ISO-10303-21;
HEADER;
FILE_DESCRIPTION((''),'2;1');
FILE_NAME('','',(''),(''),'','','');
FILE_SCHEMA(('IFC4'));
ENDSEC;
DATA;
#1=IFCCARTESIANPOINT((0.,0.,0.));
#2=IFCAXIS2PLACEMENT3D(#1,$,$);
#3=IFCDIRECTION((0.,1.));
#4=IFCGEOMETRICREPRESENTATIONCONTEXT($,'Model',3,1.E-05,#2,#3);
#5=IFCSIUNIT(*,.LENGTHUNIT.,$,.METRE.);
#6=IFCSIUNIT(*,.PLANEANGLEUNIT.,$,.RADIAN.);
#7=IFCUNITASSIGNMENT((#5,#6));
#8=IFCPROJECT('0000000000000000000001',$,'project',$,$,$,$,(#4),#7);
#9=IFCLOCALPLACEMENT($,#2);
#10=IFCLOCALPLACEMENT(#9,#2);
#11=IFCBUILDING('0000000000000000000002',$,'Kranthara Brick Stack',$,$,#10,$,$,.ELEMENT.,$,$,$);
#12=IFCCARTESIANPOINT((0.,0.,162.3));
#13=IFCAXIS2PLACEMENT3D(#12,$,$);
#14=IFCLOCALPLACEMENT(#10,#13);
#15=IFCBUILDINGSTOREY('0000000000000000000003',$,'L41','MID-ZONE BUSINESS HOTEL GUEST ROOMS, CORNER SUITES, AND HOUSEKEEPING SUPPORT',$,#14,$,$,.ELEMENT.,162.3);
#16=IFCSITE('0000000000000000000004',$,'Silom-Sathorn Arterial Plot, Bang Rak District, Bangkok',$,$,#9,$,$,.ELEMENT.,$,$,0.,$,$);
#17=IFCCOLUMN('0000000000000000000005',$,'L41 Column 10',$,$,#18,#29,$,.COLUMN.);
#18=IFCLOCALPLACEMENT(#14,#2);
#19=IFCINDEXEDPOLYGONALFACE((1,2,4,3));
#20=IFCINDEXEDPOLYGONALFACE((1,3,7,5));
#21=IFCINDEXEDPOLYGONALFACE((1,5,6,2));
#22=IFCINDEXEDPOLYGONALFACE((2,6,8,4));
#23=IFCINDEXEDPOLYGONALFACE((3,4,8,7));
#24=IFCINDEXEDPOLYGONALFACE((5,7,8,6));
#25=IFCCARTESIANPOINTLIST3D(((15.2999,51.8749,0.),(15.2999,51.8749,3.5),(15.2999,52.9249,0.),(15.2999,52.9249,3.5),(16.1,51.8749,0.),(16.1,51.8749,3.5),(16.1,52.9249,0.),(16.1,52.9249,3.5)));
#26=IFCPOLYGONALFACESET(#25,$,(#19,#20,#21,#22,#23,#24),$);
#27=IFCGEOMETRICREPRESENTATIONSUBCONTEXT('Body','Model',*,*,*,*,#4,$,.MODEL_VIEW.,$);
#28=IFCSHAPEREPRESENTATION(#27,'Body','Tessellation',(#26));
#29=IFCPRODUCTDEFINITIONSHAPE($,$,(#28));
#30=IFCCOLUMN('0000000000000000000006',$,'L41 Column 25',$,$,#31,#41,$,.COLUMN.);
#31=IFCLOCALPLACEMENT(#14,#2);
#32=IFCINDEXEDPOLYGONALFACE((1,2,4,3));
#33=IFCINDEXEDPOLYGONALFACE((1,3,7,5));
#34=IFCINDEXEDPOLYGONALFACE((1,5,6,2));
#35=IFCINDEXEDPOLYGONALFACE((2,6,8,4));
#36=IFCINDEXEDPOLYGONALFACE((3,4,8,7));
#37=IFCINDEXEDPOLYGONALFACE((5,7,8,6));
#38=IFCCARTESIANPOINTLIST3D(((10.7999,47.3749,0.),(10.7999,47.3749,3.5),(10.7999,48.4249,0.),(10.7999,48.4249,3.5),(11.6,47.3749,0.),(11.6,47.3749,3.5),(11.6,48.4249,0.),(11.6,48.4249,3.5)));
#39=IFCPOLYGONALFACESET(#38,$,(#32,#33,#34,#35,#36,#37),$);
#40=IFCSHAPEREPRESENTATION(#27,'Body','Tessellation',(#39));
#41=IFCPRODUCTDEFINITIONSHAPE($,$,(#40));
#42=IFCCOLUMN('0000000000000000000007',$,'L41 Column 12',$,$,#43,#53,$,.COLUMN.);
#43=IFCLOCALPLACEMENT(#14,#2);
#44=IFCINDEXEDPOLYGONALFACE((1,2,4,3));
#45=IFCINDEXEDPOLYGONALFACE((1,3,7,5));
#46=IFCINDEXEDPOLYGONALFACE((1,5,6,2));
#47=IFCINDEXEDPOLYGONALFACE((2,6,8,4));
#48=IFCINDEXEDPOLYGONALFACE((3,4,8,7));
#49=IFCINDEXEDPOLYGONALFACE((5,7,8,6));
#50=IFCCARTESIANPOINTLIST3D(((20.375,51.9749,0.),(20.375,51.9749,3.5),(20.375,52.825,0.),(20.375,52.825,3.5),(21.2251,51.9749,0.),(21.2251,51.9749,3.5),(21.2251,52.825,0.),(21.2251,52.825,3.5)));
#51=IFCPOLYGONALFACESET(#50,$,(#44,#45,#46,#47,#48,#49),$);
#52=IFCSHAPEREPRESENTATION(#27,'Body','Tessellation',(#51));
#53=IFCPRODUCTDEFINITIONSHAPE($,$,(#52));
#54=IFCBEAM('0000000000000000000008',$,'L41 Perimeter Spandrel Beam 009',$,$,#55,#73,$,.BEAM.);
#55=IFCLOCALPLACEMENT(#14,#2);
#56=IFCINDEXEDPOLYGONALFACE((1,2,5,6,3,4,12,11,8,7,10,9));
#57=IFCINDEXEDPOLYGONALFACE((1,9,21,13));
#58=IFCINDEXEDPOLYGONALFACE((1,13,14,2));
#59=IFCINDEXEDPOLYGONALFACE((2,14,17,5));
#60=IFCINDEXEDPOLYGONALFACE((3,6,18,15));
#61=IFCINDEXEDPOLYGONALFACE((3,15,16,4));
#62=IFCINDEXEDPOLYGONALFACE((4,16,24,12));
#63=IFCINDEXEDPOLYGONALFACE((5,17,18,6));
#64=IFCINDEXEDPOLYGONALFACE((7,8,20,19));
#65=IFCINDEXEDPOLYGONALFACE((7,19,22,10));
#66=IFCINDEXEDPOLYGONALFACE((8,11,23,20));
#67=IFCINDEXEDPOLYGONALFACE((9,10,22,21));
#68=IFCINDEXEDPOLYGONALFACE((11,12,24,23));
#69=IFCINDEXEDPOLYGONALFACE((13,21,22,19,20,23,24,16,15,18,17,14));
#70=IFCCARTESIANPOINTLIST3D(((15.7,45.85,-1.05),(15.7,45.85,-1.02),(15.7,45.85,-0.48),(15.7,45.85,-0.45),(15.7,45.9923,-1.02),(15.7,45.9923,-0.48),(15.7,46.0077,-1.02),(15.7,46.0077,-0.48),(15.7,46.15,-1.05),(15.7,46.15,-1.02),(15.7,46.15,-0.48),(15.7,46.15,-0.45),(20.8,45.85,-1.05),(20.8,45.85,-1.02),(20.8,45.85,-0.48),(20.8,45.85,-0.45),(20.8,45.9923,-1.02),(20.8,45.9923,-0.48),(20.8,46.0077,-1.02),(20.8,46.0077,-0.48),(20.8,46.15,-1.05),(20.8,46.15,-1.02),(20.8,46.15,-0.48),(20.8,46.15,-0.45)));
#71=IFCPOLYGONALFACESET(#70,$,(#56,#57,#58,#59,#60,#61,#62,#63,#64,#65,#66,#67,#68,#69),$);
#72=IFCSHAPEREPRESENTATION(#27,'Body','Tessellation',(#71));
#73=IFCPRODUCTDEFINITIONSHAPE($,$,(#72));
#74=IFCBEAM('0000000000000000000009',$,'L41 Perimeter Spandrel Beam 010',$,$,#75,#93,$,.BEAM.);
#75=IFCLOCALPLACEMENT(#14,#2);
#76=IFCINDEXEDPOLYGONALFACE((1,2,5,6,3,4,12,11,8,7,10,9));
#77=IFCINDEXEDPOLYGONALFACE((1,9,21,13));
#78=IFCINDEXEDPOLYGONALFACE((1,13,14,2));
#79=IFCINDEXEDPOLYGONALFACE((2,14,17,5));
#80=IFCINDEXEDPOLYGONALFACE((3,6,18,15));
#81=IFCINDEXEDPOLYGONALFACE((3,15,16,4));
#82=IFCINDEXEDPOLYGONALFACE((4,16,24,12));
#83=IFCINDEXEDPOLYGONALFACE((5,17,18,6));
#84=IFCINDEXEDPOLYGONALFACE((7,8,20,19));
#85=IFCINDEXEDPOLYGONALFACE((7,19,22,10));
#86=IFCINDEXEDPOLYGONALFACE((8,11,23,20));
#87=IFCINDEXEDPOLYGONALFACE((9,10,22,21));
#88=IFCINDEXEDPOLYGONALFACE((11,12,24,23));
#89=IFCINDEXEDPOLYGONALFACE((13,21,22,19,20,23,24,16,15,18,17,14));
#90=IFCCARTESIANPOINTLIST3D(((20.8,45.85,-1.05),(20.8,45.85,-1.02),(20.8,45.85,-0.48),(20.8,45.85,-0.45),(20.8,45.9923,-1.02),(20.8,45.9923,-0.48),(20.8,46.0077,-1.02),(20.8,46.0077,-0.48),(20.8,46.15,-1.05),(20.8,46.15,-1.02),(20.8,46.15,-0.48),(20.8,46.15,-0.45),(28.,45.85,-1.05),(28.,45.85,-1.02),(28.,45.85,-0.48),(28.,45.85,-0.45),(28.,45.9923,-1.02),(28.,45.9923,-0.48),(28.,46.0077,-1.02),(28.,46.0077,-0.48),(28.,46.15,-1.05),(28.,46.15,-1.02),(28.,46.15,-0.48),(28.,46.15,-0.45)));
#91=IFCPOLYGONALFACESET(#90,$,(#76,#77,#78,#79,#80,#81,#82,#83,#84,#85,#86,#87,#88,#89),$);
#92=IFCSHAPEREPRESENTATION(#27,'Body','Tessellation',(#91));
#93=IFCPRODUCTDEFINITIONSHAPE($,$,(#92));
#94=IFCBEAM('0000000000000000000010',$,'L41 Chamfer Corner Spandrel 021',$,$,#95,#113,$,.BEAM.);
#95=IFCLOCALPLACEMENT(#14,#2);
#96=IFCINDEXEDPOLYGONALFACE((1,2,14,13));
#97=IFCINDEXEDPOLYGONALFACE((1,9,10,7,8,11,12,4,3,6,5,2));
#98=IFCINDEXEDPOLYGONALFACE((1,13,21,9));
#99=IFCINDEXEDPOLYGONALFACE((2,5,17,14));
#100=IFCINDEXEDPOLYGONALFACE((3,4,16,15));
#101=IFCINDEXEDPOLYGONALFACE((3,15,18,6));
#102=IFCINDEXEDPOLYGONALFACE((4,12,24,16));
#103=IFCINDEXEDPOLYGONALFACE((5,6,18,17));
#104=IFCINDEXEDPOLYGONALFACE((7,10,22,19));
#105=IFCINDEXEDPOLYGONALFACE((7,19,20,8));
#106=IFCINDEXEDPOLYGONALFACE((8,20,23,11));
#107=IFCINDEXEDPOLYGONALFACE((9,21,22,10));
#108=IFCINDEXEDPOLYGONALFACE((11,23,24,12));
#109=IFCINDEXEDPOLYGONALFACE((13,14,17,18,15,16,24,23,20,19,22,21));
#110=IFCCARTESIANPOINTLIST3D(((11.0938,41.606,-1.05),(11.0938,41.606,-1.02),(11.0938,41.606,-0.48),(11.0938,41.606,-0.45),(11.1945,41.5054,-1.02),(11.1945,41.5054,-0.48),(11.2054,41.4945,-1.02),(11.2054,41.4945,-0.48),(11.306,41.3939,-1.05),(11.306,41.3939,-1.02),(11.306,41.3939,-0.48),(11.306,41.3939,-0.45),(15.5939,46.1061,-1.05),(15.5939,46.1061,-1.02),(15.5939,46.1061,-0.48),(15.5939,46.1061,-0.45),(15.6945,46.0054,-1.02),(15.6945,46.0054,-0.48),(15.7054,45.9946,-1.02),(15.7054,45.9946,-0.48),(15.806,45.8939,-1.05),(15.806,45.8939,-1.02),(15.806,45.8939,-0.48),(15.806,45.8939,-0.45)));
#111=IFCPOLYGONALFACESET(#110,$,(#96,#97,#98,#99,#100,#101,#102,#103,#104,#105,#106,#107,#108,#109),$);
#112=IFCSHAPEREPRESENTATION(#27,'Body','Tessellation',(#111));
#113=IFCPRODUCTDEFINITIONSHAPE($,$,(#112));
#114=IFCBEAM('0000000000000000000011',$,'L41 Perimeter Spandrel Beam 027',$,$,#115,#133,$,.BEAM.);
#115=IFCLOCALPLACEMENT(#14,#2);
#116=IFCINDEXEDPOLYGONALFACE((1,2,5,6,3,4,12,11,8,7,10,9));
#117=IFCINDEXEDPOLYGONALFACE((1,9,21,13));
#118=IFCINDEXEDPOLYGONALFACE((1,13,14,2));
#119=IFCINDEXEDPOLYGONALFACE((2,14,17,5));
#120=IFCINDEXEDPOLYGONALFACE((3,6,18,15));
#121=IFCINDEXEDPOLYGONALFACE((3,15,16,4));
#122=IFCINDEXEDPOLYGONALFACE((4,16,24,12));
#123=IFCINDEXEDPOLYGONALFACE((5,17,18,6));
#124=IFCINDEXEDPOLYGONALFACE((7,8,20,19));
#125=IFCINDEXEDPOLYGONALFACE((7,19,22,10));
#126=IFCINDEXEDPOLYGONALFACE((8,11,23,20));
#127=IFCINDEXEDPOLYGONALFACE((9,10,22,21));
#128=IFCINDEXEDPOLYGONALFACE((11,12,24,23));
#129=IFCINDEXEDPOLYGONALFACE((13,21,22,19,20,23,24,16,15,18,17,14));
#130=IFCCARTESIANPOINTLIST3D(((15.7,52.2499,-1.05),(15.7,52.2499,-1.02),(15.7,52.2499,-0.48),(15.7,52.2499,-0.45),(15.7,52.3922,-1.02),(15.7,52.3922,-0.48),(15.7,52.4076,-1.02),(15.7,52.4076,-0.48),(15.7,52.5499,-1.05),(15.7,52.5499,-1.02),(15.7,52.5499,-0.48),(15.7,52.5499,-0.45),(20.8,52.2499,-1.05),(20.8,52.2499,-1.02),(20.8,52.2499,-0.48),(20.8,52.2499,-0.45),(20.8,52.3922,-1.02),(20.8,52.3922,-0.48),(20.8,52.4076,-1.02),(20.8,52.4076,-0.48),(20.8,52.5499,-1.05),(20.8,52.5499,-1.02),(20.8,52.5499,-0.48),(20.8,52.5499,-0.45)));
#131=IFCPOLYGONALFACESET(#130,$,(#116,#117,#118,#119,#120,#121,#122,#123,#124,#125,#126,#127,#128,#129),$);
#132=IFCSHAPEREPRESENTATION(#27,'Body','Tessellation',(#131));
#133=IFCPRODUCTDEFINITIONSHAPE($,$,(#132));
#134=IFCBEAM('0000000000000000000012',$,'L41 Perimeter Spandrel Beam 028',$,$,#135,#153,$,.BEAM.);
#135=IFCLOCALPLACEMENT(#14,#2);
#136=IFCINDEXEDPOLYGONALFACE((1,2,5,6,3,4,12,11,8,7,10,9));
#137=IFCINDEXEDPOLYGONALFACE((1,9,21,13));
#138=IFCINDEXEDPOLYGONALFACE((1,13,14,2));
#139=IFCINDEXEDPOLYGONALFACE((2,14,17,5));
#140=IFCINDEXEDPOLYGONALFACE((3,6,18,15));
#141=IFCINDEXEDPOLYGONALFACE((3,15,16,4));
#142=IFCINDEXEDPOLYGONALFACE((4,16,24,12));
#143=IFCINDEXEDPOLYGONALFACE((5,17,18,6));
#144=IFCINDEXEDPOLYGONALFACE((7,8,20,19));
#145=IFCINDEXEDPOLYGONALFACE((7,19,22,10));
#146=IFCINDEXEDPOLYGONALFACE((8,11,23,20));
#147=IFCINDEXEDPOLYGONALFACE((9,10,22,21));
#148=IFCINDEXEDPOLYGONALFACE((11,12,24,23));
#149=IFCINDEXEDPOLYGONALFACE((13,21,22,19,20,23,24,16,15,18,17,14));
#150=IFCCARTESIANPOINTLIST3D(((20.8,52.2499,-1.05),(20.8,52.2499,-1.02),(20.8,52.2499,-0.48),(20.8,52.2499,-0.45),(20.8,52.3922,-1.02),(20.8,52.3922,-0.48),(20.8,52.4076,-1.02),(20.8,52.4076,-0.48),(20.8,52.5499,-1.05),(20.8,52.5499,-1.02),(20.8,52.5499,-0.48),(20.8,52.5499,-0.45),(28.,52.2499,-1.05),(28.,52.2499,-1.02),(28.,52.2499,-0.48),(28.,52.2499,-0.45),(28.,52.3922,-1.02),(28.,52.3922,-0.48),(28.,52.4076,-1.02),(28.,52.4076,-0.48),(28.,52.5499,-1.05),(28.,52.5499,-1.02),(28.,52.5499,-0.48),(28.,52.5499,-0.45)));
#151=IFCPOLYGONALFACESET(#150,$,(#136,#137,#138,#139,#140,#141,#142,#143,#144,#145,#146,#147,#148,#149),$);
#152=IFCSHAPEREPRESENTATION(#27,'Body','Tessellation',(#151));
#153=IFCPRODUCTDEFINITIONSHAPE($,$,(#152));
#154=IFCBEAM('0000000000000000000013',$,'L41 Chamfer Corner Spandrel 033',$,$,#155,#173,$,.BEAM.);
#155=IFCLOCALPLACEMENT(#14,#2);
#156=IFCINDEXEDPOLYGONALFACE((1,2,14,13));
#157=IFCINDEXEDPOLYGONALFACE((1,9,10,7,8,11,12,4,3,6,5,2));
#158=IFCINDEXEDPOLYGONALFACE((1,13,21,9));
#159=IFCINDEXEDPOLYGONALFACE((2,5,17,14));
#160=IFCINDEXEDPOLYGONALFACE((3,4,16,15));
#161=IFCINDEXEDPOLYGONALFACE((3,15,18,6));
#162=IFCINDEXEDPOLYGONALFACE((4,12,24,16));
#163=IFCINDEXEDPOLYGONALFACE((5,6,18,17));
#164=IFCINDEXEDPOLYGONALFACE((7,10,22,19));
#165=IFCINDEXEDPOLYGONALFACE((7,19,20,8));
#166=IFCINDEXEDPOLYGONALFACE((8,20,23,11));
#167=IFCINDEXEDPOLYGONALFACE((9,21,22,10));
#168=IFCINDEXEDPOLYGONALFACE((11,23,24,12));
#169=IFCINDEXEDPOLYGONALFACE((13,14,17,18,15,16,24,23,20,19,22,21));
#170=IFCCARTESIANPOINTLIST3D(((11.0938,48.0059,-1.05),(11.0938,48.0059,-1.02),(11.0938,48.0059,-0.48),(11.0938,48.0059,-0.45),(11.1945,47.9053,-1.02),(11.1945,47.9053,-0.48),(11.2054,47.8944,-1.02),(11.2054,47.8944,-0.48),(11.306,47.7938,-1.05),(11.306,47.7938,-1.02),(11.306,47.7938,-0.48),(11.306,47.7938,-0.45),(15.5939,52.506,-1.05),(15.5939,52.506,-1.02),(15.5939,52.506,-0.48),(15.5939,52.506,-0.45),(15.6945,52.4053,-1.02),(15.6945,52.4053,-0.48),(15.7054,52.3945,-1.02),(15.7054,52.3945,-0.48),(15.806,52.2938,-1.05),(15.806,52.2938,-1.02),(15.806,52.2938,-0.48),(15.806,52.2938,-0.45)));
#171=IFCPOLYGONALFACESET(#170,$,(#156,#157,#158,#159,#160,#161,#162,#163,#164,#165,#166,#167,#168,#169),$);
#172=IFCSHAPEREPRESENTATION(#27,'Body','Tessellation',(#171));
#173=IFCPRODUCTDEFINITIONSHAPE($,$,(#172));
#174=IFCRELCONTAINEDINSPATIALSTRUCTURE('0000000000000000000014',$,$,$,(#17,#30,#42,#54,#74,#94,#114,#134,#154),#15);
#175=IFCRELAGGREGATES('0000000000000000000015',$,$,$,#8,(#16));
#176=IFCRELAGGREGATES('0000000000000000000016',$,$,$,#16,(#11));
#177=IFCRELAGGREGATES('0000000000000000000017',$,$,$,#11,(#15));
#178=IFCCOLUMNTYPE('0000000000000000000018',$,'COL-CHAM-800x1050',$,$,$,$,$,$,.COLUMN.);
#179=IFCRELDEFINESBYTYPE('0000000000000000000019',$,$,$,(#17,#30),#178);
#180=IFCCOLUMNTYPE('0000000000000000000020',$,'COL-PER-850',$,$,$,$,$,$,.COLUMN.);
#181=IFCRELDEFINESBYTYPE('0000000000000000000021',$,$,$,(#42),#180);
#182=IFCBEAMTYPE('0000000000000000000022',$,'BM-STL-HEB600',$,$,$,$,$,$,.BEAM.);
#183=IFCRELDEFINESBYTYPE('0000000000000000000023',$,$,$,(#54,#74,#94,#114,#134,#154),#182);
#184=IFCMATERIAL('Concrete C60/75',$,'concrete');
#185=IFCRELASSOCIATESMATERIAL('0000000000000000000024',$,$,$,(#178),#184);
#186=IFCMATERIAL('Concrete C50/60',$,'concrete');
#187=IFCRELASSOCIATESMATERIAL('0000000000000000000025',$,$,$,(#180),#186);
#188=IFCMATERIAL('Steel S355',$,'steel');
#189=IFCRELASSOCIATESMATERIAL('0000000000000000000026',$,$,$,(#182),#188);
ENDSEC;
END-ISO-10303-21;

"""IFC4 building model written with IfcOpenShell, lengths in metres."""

from ifc_helpers import new_model, si_unit, direction, frame, origin, origin_2d, place, context, subcontext, project, spatial, rectangle, i_section, extrude, material, material_profile, profile_set, type_object, element, save


model = new_model("IFC4")

# Units and contexts
model_context = context("Model", 3, precision=1e-05, world=origin(), true_north=direction((0.0, 1.0)))
body_context = subcontext(model_context, "Body", "Model", "MODEL_VIEW")
ifc_project = project(units=[si_unit("LENGTHUNIT", "METRE"), si_unit("PLANEANGLEUNIT", "RADIAN")], contexts=[model_context])

# Site, building, storey
site_placement = place(None, origin())
site = spatial("IfcSite", under=ifc_project, at=site_placement, Name="Silom-Sathorn Arterial Plot, Bang Rak District, Bangkok", CompositionType="ELEMENT", RefElevation=0.0)
building_placement = place(site_placement, origin())
building = spatial("IfcBuilding", under=site, at=building_placement, Name="Kranthara Brick Stack", CompositionType="ELEMENT")
storey_placement = place(building_placement, frame((0.0, 0.0, 162.3)))
storey = spatial("IfcBuildingStorey", under=building, at=storey_placement, Name="L41", Description="MID-ZONE BUSINESS HOTEL GUEST ROOMS, CORNER SUITES, AND HOUSEKEEPING SUPPORT", CompositionType="ELEMENT", Elevation=162.3)

# Columns
ifc_material_1 = material(Name="Concrete C60/75", Category="concrete")
ifc_material_profile_1 = material_profile(ifc_material_1, rectangle(XDim=0.8, YDim=1.05, at=origin_2d()), Name="RC 800x1050")
ifc_profile_set_1 = profile_set([ifc_material_profile_1], Name="Concrete C60/75")
column_type_1 = type_object("IfcColumnType", Name="COL-CHAM-800x1050", PredefinedType="COLUMN", material=ifc_profile_set_1)
for number, where, z_axis, x_axis, name in (
    (1, (15.7, 52.3999, 0.0), (0.0, 0.0, 1.0), (1.0, 0.0, 0.0), "L41 Column 10"),
    (2, (11.2, 47.8999, 0.0), (0.0, 0.0, 1.0), (1.0, 0.0, 0.0), "L41 Column 25"),
):
    element("IfcColumn", number, at=place(storey_placement, frame(where, z_axis=z_axis, x_axis=x_axis)), inside=storey, type_object=column_type_1, Name=name, PredefinedType="COLUMN", context=body_context, shape_type="SweptSolid", body=[
        extrude(rectangle(XDim=0.8, YDim=1.05, at=origin_2d()), origin(), (0.0, 0.0, 1.0), 3.5),
    ])
ifc_material_2 = material(Name="Concrete C50/60", Category="concrete")
ifc_material_profile_2 = material_profile(ifc_material_2, rectangle(XDim=0.8501, YDim=0.8501, at=origin_2d()), Name="RC 850x850")
ifc_profile_set_2 = profile_set([ifc_material_profile_2], Name="Concrete C50/60")
column_type_2 = type_object("IfcColumnType", Name="COL-PER-850", PredefinedType="COLUMN", material=ifc_profile_set_2)
column_placement = place(storey_placement, frame((20.8, 52.3999, 0.0), z_axis=(0.0, 0.0, 1.0), x_axis=(1.0, 0.0, 0.0)))
element("IfcColumn", 3, at=column_placement, inside=storey, type_object=column_type_2, Name="L41 Column 12", PredefinedType="COLUMN", context=body_context, shape_type="SweptSolid", body=[
    extrude(rectangle(XDim=0.8501, YDim=0.8501, at=origin_2d()), origin(), (0.0, 0.0, 1.0), 3.5),
])

# Beams
ifc_material_3 = material(Name="Steel S355", Category="steel")
ifc_material_profile_3 = material_profile(ifc_material_3, i_section(OverallWidth=0.3, OverallDepth=0.6001, WebThickness=0.0154, FlangeThickness=0.03, at=origin_2d()), Name="HEB 600")
ifc_profile_set_3 = profile_set([ifc_material_profile_3], Name="Steel S355")
beam_type_1 = type_object("IfcBeamType", Name="BM-STL-HEB600", PredefinedType="BEAM", material=ifc_profile_set_3)
beam_1_placement = place(storey_placement, frame((15.7, 46.0, -0.75), z_axis=(1.0, 0.0, 0.0), x_axis=(0.0, 1.0, 0.0)))
element("IfcBeam", 4, at=beam_1_placement, inside=storey, type_object=beam_type_1, Name="L41 Perimeter Spandrel Beam 009", PredefinedType="BEAM", context=body_context, shape_type="SweptSolid", body=[
    extrude(i_section(OverallWidth=0.3, OverallDepth=0.6001, WebThickness=0.0154, FlangeThickness=0.03, at=origin_2d()), origin(), (0.0, 0.0, 1.0), 5.1001),
])
beam_2_placement = place(storey_placement, frame((20.8, 46.0, -0.75), z_axis=(1.0, 0.0, 0.0), x_axis=(0.0, 1.0, 0.0)))
element("IfcBeam", 5, at=beam_2_placement, inside=storey, type_object=beam_type_1, Name="L41 Perimeter Spandrel Beam 010", PredefinedType="BEAM", context=body_context, shape_type="SweptSolid", body=[
    extrude(i_section(OverallWidth=0.3, OverallDepth=0.6001, WebThickness=0.0154, FlangeThickness=0.03, at=origin_2d()), origin(), (0.0, 0.0, 1.0), 7.2),
])
beam_3_placement = place(storey_placement, frame((15.7, 46.0, -0.75), z_axis=(-0.707107, -0.707107, 0.0), x_axis=(0.707107, -0.707107, 0.0)))
element("IfcBeam", 6, at=beam_3_placement, inside=storey, type_object=beam_type_1, Name="L41 Chamfer Corner Spandrel 021", PredefinedType="BEAM", context=body_context, shape_type="SweptSolid", body=[
    extrude(i_section(OverallWidth=0.3, OverallDepth=0.6001, WebThickness=0.0154, FlangeThickness=0.03, at=origin_2d()), origin(), (0.0, 0.0, 1.0), 6.364),
])
beam_4_placement = place(storey_placement, frame((15.7, 52.3999, -0.75), z_axis=(1.0, 0.0, 0.0), x_axis=(0.0, 1.0, 0.0)))
element("IfcBeam", 7, at=beam_4_placement, inside=storey, type_object=beam_type_1, Name="L41 Perimeter Spandrel Beam 027", PredefinedType="BEAM", context=body_context, shape_type="SweptSolid", body=[
    extrude(i_section(OverallWidth=0.3, OverallDepth=0.6001, WebThickness=0.0154, FlangeThickness=0.03, at=origin_2d()), origin(), (0.0, 0.0, 1.0), 5.1001),
])
beam_5_placement = place(storey_placement, frame((20.8, 52.3999, -0.75), z_axis=(1.0, 0.0, 0.0), x_axis=(0.0, 1.0, 0.0)))
element("IfcBeam", 8, at=beam_5_placement, inside=storey, type_object=beam_type_1, Name="L41 Perimeter Spandrel Beam 028", PredefinedType="BEAM", context=body_context, shape_type="SweptSolid", body=[
    extrude(i_section(OverallWidth=0.3, OverallDepth=0.6001, WebThickness=0.0154, FlangeThickness=0.03, at=origin_2d()), origin(), (0.0, 0.0, 1.0), 7.2),
])
beam_6_placement = place(storey_placement, frame((15.7, 52.3999, -0.75), z_axis=(-0.707107, -0.707107, 0.0), x_axis=(0.707107, -0.707107, 0.0)))
element("IfcBeam", 9, at=beam_6_placement, inside=storey, type_object=beam_type_1, Name="L41 Chamfer Corner Spandrel 033", PredefinedType="BEAM", context=body_context, shape_type="SweptSolid", body=[
    extrude(i_section(OverallWidth=0.3, OverallDepth=0.6001, WebThickness=0.0154, FlangeThickness=0.03, at=origin_2d()), origin(), (0.0, 0.0, 1.0), 6.364),
])

save(model, "model.ifc")
